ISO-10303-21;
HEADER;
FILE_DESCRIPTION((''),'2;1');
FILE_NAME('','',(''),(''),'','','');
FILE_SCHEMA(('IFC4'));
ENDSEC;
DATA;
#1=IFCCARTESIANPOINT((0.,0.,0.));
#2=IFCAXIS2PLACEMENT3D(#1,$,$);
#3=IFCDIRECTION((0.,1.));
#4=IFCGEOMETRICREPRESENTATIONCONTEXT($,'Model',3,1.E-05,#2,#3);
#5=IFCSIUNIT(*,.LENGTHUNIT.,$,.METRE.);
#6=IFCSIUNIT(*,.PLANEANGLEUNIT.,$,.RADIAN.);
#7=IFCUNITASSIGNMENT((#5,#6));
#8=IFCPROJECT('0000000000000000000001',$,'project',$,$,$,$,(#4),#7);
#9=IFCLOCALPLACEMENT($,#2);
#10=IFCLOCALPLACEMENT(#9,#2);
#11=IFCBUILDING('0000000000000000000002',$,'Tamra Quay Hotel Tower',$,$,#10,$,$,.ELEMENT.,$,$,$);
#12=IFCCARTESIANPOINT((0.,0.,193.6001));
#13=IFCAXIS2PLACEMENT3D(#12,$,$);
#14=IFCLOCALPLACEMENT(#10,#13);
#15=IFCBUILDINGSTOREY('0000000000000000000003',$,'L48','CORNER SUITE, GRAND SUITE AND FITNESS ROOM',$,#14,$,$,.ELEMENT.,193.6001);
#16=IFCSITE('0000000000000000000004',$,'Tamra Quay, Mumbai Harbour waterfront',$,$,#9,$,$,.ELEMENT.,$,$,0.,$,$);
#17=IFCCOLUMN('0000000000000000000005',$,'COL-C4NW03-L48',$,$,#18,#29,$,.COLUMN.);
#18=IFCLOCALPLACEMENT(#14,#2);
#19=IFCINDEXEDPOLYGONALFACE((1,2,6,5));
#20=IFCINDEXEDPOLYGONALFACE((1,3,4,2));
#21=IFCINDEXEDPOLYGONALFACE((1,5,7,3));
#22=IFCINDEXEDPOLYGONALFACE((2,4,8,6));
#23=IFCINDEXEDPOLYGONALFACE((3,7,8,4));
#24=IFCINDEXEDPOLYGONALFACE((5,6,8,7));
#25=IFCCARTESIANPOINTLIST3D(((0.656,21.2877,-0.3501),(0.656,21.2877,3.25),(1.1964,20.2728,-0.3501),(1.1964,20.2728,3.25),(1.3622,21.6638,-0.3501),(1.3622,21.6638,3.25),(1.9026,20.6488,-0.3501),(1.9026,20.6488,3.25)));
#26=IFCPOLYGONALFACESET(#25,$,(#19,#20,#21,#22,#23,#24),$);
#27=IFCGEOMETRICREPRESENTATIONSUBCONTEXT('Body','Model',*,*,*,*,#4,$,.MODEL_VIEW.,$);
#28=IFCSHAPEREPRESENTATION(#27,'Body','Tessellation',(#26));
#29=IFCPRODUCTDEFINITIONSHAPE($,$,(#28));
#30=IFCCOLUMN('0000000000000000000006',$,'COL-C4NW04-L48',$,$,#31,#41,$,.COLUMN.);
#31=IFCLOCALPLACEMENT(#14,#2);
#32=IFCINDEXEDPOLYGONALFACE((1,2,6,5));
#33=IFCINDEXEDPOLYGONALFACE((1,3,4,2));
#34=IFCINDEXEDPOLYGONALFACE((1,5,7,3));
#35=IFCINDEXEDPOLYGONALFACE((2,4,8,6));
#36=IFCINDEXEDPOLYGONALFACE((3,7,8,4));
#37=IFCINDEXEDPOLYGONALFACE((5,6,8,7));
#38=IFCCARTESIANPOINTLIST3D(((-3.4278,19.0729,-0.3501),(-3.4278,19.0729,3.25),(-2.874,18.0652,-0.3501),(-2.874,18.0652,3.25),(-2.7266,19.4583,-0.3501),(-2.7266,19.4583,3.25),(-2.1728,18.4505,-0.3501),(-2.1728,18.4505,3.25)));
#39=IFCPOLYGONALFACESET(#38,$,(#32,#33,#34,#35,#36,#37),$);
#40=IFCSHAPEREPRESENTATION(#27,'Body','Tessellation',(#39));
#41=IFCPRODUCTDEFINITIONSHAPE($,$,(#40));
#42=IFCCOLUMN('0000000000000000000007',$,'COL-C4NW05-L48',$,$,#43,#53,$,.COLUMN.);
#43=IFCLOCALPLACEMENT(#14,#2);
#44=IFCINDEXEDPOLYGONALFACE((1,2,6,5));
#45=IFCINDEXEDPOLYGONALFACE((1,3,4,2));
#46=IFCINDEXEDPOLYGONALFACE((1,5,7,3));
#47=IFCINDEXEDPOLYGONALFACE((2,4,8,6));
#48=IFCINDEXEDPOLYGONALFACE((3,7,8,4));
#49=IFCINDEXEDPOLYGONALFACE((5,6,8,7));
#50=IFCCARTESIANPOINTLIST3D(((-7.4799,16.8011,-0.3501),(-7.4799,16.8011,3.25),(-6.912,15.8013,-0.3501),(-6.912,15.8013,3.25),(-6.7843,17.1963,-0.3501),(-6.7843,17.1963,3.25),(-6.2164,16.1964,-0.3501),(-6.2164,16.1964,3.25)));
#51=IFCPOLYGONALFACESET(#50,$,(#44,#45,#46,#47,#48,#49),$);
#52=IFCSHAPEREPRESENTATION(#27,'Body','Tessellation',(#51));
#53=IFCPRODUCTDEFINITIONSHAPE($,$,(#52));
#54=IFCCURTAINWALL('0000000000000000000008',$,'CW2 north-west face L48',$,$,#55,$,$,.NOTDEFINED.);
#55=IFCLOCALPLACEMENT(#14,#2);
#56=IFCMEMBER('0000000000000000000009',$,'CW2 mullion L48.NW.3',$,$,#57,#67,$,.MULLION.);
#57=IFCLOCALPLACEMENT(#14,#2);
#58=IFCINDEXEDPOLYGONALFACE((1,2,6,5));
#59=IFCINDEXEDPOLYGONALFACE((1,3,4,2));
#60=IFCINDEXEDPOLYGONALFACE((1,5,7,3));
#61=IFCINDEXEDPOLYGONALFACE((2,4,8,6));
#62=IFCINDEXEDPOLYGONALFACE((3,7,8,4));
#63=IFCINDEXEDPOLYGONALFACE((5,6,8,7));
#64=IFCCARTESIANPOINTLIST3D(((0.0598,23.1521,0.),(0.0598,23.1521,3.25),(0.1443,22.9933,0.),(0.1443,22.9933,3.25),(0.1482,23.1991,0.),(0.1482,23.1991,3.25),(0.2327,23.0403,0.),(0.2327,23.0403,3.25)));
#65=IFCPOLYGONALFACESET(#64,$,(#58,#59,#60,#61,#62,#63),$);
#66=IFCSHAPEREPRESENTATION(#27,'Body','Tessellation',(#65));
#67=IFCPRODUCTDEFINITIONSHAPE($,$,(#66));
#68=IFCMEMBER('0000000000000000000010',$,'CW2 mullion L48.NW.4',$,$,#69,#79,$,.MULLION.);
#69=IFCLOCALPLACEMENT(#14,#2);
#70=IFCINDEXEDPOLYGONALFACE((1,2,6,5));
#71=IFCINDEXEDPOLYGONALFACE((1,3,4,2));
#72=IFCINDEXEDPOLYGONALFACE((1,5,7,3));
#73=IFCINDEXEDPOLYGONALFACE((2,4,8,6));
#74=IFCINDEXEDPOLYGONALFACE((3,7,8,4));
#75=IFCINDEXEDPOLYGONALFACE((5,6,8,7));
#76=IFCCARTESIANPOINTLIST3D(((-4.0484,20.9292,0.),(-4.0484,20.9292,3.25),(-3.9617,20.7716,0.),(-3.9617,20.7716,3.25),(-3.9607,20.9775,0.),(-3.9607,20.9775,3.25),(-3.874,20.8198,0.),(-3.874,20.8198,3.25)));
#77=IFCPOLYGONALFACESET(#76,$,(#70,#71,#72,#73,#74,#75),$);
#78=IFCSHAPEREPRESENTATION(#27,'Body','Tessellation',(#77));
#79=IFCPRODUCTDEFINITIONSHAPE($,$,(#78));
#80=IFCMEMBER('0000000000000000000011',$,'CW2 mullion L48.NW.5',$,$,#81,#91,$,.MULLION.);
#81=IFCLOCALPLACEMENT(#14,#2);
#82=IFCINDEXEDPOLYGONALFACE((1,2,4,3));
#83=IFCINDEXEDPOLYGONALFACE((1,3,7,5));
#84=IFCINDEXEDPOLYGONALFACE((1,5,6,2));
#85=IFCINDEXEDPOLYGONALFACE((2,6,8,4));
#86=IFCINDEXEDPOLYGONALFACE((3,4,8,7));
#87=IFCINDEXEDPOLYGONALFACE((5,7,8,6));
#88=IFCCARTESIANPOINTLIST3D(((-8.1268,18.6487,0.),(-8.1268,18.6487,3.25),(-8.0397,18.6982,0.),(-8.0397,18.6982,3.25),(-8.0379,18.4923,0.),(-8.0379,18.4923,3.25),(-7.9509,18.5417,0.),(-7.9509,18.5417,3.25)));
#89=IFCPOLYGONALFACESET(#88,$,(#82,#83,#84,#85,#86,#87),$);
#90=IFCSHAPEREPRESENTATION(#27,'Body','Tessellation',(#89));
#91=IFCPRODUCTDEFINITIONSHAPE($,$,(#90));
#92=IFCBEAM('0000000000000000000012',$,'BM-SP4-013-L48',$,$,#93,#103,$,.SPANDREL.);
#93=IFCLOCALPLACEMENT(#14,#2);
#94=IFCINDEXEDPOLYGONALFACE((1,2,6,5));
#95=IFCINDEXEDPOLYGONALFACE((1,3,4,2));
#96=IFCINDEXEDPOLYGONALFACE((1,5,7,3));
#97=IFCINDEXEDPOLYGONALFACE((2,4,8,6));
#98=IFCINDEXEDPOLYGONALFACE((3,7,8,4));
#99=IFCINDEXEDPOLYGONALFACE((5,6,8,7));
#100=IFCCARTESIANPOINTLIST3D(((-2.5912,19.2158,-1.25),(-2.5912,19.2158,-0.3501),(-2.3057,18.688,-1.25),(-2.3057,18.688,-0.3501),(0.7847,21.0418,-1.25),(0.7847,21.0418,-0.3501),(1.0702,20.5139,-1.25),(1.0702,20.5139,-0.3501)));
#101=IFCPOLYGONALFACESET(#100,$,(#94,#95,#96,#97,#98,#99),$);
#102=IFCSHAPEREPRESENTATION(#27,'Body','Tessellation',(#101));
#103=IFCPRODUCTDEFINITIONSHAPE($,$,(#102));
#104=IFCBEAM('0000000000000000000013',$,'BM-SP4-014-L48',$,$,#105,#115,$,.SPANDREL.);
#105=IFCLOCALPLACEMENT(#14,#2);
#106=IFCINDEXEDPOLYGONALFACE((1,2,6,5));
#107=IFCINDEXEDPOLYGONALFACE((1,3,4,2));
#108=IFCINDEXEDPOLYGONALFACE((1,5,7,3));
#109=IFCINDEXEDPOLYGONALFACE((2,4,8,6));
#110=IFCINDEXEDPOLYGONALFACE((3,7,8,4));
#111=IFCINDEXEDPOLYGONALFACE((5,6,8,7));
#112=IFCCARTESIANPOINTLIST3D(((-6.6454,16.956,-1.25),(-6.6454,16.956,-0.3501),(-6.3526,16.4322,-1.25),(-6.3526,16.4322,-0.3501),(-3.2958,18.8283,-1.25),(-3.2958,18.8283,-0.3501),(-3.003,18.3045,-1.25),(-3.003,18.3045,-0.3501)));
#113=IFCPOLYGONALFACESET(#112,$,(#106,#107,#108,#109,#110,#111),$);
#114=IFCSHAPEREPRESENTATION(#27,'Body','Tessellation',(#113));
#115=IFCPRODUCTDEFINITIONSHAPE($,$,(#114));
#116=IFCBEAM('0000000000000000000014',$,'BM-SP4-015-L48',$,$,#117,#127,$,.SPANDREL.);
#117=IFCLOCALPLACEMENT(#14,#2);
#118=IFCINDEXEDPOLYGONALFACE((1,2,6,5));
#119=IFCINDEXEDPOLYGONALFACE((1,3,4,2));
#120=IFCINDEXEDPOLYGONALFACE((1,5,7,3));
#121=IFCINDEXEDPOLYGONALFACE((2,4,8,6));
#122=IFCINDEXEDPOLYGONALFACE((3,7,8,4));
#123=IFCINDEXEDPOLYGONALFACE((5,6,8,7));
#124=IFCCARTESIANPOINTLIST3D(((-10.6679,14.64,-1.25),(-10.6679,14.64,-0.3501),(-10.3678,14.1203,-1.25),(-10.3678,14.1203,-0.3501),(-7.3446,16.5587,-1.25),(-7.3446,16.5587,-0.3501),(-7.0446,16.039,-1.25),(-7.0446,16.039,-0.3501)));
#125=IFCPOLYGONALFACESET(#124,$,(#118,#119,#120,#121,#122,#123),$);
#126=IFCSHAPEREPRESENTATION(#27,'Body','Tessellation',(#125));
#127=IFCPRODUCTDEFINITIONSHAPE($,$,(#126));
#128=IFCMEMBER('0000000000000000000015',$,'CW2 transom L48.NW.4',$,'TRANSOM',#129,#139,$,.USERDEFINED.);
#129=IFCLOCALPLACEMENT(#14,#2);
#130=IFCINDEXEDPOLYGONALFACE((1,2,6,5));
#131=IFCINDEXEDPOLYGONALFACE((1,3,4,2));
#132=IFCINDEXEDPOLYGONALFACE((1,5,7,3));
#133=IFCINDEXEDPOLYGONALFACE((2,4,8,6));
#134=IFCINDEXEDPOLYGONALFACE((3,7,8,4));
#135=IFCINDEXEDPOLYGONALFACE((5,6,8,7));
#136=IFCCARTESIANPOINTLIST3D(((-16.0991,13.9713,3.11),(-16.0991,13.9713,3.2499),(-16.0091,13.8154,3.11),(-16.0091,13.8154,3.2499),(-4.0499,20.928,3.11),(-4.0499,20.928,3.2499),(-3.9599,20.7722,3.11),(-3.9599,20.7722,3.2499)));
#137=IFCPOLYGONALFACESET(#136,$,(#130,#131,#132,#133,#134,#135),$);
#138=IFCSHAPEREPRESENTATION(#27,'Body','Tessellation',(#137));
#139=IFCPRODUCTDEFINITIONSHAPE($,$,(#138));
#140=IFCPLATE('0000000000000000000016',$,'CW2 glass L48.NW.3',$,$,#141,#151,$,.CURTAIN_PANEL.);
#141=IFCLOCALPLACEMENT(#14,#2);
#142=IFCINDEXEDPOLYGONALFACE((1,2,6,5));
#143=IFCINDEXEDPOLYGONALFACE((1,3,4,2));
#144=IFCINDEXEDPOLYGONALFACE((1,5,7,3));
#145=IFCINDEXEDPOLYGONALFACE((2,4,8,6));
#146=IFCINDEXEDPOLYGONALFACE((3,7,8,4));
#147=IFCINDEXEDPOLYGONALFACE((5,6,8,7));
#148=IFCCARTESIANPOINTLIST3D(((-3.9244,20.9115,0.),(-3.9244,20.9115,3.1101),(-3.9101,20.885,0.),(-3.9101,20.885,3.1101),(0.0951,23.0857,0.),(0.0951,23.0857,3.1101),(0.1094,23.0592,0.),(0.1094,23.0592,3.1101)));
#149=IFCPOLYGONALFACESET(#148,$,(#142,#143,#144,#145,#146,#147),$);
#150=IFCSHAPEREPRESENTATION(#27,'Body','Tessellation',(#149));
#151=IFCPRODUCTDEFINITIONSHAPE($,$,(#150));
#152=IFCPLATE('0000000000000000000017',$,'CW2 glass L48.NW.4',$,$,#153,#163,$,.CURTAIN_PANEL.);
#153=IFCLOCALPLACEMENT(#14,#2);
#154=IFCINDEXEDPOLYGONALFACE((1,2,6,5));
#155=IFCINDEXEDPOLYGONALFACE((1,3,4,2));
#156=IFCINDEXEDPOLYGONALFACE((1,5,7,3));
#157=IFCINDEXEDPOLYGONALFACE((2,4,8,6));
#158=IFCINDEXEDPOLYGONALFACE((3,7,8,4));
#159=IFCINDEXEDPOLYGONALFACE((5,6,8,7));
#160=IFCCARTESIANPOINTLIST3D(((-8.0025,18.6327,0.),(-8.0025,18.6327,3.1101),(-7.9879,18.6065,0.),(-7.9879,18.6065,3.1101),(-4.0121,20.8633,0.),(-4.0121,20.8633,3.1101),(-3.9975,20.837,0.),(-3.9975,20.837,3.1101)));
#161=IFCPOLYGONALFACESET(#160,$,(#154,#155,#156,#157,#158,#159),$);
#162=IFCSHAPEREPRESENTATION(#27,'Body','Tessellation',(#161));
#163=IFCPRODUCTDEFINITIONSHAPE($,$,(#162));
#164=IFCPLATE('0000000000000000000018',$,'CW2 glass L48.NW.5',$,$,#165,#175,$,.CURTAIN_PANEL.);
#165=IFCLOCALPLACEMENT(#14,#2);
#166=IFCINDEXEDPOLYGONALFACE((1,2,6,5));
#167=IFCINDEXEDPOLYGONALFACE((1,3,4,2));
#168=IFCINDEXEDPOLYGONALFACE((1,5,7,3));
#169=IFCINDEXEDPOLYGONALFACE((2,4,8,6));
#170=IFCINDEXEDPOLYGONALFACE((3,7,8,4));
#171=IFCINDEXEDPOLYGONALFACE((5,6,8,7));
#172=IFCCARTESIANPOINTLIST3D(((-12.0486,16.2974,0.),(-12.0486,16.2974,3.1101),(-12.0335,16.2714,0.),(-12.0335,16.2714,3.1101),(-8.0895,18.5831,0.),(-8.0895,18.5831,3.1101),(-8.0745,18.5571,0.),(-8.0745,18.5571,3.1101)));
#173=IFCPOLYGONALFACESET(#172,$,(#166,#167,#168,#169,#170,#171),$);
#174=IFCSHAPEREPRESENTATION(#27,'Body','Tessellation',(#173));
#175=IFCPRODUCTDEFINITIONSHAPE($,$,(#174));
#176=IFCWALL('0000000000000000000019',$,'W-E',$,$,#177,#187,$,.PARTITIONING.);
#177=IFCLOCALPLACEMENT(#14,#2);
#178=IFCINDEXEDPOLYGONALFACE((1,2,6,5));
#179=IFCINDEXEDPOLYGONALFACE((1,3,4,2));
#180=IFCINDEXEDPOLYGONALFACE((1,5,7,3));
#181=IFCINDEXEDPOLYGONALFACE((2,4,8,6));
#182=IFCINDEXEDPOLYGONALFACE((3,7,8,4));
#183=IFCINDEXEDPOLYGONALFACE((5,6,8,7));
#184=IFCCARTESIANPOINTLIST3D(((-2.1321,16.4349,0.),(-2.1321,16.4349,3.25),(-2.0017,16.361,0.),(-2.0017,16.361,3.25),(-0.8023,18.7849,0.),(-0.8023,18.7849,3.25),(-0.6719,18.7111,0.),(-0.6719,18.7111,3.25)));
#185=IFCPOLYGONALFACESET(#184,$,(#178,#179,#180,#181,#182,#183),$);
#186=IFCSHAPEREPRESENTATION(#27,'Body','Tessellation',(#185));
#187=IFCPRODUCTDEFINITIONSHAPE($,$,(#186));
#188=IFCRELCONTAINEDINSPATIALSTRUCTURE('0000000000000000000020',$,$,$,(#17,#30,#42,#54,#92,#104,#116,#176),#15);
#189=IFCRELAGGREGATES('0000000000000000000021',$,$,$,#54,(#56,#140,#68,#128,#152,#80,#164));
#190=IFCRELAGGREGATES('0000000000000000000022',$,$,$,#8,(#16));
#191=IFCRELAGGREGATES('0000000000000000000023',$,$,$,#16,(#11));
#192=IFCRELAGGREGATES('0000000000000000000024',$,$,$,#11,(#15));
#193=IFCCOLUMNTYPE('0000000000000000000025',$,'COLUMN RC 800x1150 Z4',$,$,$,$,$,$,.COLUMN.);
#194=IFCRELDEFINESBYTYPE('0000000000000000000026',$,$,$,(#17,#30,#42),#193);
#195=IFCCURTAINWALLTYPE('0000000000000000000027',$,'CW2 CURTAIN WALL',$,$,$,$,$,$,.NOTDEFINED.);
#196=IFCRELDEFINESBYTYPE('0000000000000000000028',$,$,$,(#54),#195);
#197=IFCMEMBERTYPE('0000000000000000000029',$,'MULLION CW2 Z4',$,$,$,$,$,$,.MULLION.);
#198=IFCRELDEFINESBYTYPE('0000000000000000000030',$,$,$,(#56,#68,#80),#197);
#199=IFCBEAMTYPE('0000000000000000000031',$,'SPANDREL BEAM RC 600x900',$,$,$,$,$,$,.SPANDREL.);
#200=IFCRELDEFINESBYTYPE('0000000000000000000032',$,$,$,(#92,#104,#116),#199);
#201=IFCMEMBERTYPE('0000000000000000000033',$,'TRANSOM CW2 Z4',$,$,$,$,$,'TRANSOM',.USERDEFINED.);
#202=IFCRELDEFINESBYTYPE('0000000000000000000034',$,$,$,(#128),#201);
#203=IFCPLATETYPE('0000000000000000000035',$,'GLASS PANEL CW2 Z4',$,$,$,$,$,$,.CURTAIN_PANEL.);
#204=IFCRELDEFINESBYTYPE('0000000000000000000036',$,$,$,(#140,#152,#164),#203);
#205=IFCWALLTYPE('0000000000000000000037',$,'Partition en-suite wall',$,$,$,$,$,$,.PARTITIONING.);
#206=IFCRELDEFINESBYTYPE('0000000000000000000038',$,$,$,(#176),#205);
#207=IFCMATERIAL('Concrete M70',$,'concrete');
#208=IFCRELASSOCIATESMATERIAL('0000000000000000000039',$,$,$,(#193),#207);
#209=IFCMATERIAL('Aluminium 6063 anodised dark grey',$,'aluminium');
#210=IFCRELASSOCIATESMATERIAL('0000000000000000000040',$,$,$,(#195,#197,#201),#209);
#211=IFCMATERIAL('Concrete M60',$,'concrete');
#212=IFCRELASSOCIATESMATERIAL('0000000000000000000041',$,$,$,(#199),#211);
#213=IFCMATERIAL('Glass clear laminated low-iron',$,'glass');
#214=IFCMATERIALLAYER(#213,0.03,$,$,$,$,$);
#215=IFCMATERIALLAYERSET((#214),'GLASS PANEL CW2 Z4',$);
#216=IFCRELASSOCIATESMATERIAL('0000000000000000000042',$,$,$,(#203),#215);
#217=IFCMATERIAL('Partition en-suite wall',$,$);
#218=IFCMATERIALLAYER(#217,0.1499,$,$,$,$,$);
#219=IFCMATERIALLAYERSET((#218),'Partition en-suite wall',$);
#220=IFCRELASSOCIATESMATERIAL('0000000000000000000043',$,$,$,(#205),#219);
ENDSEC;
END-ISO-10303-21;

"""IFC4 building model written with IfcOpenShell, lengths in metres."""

from ifc_helpers import new_model, si_unit, direction, frame, frame_2d, origin, origin_2d, place, context, subcontext, project, spatial, rectangle, extrude, material, layer, layer_set, material_profile, profile_set, type_object, element, aggregate, save


model = new_model("IFC4")

# Units and contexts
model_context = context("Model", 3, precision=1e-05, world=origin(), true_north=direction((0.0, 1.0)))
body_context = subcontext(model_context, "Body", "Model", "MODEL_VIEW")
ifc_project = project(units=[si_unit("LENGTHUNIT", "METRE"), si_unit("PLANEANGLEUNIT", "RADIAN")], contexts=[model_context])

# Site, building, storey
site_placement = place(None, origin())
site = spatial("IfcSite", under=ifc_project, at=site_placement, Name="Tamra Quay, Mumbai Harbour waterfront", CompositionType="ELEMENT", RefElevation=0.0)
building_placement = place(site_placement, origin())
building = spatial("IfcBuilding", under=site, at=building_placement, Name="Tamra Quay Hotel Tower", CompositionType="ELEMENT")
storey_placement = place(building_placement, frame((0.0, 0.0, 193.6001)))
storey = spatial("IfcBuildingStorey", under=building, at=storey_placement, Name="L48", Description="CORNER SUITE, GRAND SUITE AND FITNESS ROOM", CompositionType="ELEMENT", Elevation=193.6001)

# Columns
ifc_material_1 = material(Name="Concrete M70", Category="concrete")
ifc_material_profile_1 = material_profile(ifc_material_1, rectangle(XDim=1.1499, YDim=0.8, at=origin_2d()), Name="COLUMN RC 800x1150 Z4")
ifc_profile_set_1 = profile_set([ifc_material_profile_1], Name="Concrete M70")
column_type = type_object("IfcColumnType", Name="COLUMN RC 800x1150 Z4", PredefinedType="COLUMN", material=ifc_profile_set_1)
for number, where, z_axis, x_axis, name in (
    (1, (1.2793, 20.9683, -0.3501), (0.0, 0.0, 1.0), (-0.470002, 0.882666, 0.0), "COL-C4NW03-L48"),
    (2, (-2.8003, 18.7617, -0.3501), (0.0, 0.0, 1.0), (-0.481602, 0.87639, 0.0), "COL-C4NW04-L48"),
    (3, (-6.8481, 16.4988, -0.3501), (0.0, 0.0, 1.0), (-0.49389, 0.869524, 0.0), "COL-C4NW05-L48"),
):
    element("IfcColumn", number, at=place(storey_placement, frame(where, z_axis=z_axis, x_axis=x_axis)), inside=storey, type_object=column_type, Name=name, PredefinedType="COLUMN", context=body_context, shape_type="SweptSolid", body=[
        extrude(rectangle(XDim=1.1499, YDim=0.8, at=origin_2d()), origin(), (0.0, 0.0, 1.0), 3.6001),
    ])

# Curtain wall, members
ifc_material_2 = material(Name="Aluminium 6063 anodised dark grey", Category="aluminium")
curtain_wall_type = type_object("IfcCurtainWallType", Name="CW2 CURTAIN WALL", PredefinedType="NOTDEFINED", material=ifc_material_2)
curtain_wall_placement = place(storey_placement, origin())
curtain_wall = element("IfcCurtainWall", 4, at=curtain_wall_placement, inside=storey, type_object=curtain_wall_type, Name="CW2 north-west face L48", PredefinedType="NOTDEFINED")
ifc_material_profile_2 = material_profile(ifc_material_2, rectangle(XDim=0.1799, YDim=0.1001, at=origin_2d()), Name="MULLION 100X180")
ifc_profile_set_2 = profile_set([ifc_material_profile_2], Name="Aluminium 6063 anodised dark grey")
member_type_1 = type_object("IfcMemberType", Name="MULLION CW2 Z4", PredefinedType="MULLION", material=ifc_profile_set_2)
member_1_placement = place(storey_placement, frame((0.1462, 23.0962, 0.0), z_axis=(0.0, 0.0, 1.0), x_axis=(-0.469668, 0.882843, 0.0)))
member_1 = element("IfcMember", 5, at=member_1_placement, type_object=member_type_1, Name="CW2 mullion L48.NW.3", PredefinedType="MULLION", context=body_context, shape_type="SweptSolid", body=[
    extrude(rectangle(XDim=0.1799, YDim=0.1001, at=origin_2d()), origin(), (0.0, 0.0, 1.0), 3.25),
])
member_2_placement = place(storey_placement, frame((-3.9612, 20.8745, 0.0), z_axis=(0.0, 0.0, 1.0), x_axis=(-0.481861, 0.876248, 0.0)))
member_2 = element("IfcMember", 6, at=member_2_placement, type_object=member_type_1, Name="CW2 mullion L48.NW.4", PredefinedType="MULLION", context=body_context, shape_type="SweptSolid", body=[
    extrude(rectangle(XDim=0.1799, YDim=0.1001, at=origin_2d()), origin(), (0.0, 0.0, 1.0), 3.25),
])
member_3_placement = place(storey_placement, frame((-8.0388, 18.5952, 0.0), z_axis=(0.0, 0.0, 1.0), x_axis=(-0.493975, 0.869476, 0.0)))
member_3 = element("IfcMember", 7, at=member_3_placement, type_object=member_type_1, Name="CW2 mullion L48.NW.5", PredefinedType="MULLION", context=body_context, shape_type="SweptSolid", body=[
    extrude(rectangle(XDim=0.1799, YDim=0.1001, at=origin_2d()), origin(), (0.0, 0.0, 1.0), 3.25),
])

# Beams
ifc_material_3 = material(Name="Concrete M60", Category="concrete")
ifc_material_profile_3 = material_profile(ifc_material_3, rectangle(XDim=0.6001, YDim=0.8999, at=origin_2d()), Name="SPANDREL BEAM RC 600x900")
ifc_profile_set_3 = profile_set([ifc_material_profile_3], Name="Concrete M60")
beam_type = type_object("IfcBeamType", Name="SPANDREL BEAM RC 600x900", PredefinedType="SPANDREL", material=ifc_profile_set_3)
beam_placement = place(storey_placement, frame((0.9275, 20.7778, -0.8), z_axis=(-0.879589, -0.475734, 0.0), x_axis=(0.475734, -0.879589, 0.0)))
element("IfcBeam", 8, at=beam_placement, inside=storey, type_object=beam_type, Name="BM-SP4-013-L48", PredefinedType="SPANDREL", context=body_context, shape_type="SweptSolid", body=[
    extrude(rectangle(XDim=0.6001, YDim=0.8999, at=origin_2d()), origin(), (0.0, 0.0, 1.0), 3.8381),
])
for number, where, z_axis, x_axis, name in (
    (9, (-3.1494, 18.5664, -0.8), (-0.872891, -0.487915, 0.0), (0.487915, -0.872891, 0.0), "BM-SP4-014-L48"),
    (10, (-7.1946, 16.2988, -0.8), (-0.866022, -0.500005, 0.0), (0.500005, -0.866022, 0.0), "BM-SP4-015-L48"),
):
    element("IfcBeam", number, at=place(storey_placement, frame(where, z_axis=z_axis, x_axis=x_axis)), inside=storey, type_object=beam_type, Name=name, PredefinedType="SPANDREL", context=body_context, shape_type="SweptSolid", body=[
        extrude(rectangle(XDim=0.6001, YDim=0.8999, at=origin_2d()), origin(), (0.0, 0.0, 1.0), 3.8374),
    ])

# Member
ifc_material_profile_4 = material_profile(ifc_material_2, rectangle(XDim=0.1799, YDim=0.1399, at=origin_2d()), Name="TRANSOM 180X140")
ifc_profile_set_4 = profile_set([ifc_material_profile_4], Name="Aluminium 6063 anodised dark grey")
member_type_2 = type_object("IfcMemberType", Name="TRANSOM CW2 Z4", ElementType="TRANSOM", PredefinedType="USERDEFINED", material=ifc_profile_set_4)
member_4_placement = place(storey_placement, frame((-4.0049, 20.8501, 3.1799), z_axis=(-0.866022, -0.500006, 0.0), x_axis=(0.500006, -0.866022, 0.0)))
member_4 = element("IfcMember", 11, at=member_4_placement, type_object=member_type_2, Name="CW2 transom L48.NW.4", ObjectType="TRANSOM", PredefinedType="USERDEFINED", context=body_context, shape_type="SweptSolid", body=[
    extrude(rectangle(XDim=0.1799, YDim=0.1399, at=origin_2d()), origin(), (0.0, 0.0, 1.0), 13.9133),
])

# Plates
ifc_material_4 = material(Name="Glass clear laminated low-iron", Category="glass")
ifc_layer_1 = layer(ifc_material_4, 0.03)
ifc_layer_set_1 = layer_set([ifc_layer_1], Name="GLASS PANEL CW2 Z4")
plate_type = type_object("IfcPlateType", Name="GLASS PANEL CW2 Z4", PredefinedType="CURTAIN_PANEL", material=ifc_layer_set_1)
plate_1_placement = place(storey_placement, frame((-1.9075, 21.9854, 0.0), z_axis=(0.0, 0.0, 1.0), x_axis=(-0.879569, -0.475772, 0.0)))
plate_1 = element("IfcPlate", 12, at=plate_1_placement, type_object=plate_type, Name="CW2 glass L48.NW.3", PredefinedType="CURTAIN_PANEL", context=body_context, shape_type="SweptSolid", body=[
    extrude(rectangle(XDim=4.5698, YDim=0.03, at=origin_2d()), origin(), (0.0, 0.0, 1.0), 3.1101),
])
plate_2_placement = place(storey_placement, frame((-6.0, 19.7349, 0.0), z_axis=(0.0, 0.0, 1.0), x_axis=(-0.872885, -0.487926, 0.0)))
plate_2 = element("IfcPlate", 13, at=plate_2_placement, type_object=plate_type, Name="CW2 glass L48.NW.4", PredefinedType="CURTAIN_PANEL", context=body_context, shape_type="SweptSolid", body=[
    extrude(rectangle(XDim=4.5715, YDim=0.03, at=origin_2d()), origin(), (0.0, 0.0, 1.0), 3.1101),
])
plate_3_placement = place(storey_placement, frame((-10.0615, 17.4272, 0.0), z_axis=(0.0, 0.0, 1.0), x_axis=(-0.866025, -0.5, 0.0)))
plate_3 = element("IfcPlate", 14, at=plate_3_placement, type_object=plate_type, Name="CW2 glass L48.NW.5", PredefinedType="CURTAIN_PANEL", context=body_context, shape_type="SweptSolid", body=[
    extrude(rectangle(XDim=4.5715, YDim=0.03, at=origin_2d()), origin(), (0.0, 0.0, 1.0), 3.1101),
])
aggregate(curtain_wall, [member_1, plate_1, member_2, member_4, plate_2, member_3, plate_3])

# Wall
ifc_material_5 = material(Name="Partition en-suite wall")
ifc_layer_2 = layer(ifc_material_5, 0.1499)
ifc_layer_set_2 = layer_set([ifc_layer_2], Name="Partition en-suite wall")
wall_type_1 = type_object("IfcWallType", Name="Partition en-suite wall", PredefinedType="PARTITIONING", material=ifc_layer_set_2)
wall_1_placement = place(storey_placement, frame((-2.0669, 16.3979, 0.0), z_axis=(0.0, 0.0, 1.0), x_axis=(0.492483, 0.870322, 0.0)))
element("IfcWall", 15, at=wall_1_placement, inside=storey, type_object=wall_type_1, Name="W-E", PredefinedType="PARTITIONING", context=body_context, shape_type="SweptSolid", body=[
    extrude(rectangle(XDim=2.7002, YDim=0.1499, at=frame_2d((1.3501, 0.0))), origin(), (0.0, 0.0, 1.0), 3.25),
])

save(model, "model.ifc")
